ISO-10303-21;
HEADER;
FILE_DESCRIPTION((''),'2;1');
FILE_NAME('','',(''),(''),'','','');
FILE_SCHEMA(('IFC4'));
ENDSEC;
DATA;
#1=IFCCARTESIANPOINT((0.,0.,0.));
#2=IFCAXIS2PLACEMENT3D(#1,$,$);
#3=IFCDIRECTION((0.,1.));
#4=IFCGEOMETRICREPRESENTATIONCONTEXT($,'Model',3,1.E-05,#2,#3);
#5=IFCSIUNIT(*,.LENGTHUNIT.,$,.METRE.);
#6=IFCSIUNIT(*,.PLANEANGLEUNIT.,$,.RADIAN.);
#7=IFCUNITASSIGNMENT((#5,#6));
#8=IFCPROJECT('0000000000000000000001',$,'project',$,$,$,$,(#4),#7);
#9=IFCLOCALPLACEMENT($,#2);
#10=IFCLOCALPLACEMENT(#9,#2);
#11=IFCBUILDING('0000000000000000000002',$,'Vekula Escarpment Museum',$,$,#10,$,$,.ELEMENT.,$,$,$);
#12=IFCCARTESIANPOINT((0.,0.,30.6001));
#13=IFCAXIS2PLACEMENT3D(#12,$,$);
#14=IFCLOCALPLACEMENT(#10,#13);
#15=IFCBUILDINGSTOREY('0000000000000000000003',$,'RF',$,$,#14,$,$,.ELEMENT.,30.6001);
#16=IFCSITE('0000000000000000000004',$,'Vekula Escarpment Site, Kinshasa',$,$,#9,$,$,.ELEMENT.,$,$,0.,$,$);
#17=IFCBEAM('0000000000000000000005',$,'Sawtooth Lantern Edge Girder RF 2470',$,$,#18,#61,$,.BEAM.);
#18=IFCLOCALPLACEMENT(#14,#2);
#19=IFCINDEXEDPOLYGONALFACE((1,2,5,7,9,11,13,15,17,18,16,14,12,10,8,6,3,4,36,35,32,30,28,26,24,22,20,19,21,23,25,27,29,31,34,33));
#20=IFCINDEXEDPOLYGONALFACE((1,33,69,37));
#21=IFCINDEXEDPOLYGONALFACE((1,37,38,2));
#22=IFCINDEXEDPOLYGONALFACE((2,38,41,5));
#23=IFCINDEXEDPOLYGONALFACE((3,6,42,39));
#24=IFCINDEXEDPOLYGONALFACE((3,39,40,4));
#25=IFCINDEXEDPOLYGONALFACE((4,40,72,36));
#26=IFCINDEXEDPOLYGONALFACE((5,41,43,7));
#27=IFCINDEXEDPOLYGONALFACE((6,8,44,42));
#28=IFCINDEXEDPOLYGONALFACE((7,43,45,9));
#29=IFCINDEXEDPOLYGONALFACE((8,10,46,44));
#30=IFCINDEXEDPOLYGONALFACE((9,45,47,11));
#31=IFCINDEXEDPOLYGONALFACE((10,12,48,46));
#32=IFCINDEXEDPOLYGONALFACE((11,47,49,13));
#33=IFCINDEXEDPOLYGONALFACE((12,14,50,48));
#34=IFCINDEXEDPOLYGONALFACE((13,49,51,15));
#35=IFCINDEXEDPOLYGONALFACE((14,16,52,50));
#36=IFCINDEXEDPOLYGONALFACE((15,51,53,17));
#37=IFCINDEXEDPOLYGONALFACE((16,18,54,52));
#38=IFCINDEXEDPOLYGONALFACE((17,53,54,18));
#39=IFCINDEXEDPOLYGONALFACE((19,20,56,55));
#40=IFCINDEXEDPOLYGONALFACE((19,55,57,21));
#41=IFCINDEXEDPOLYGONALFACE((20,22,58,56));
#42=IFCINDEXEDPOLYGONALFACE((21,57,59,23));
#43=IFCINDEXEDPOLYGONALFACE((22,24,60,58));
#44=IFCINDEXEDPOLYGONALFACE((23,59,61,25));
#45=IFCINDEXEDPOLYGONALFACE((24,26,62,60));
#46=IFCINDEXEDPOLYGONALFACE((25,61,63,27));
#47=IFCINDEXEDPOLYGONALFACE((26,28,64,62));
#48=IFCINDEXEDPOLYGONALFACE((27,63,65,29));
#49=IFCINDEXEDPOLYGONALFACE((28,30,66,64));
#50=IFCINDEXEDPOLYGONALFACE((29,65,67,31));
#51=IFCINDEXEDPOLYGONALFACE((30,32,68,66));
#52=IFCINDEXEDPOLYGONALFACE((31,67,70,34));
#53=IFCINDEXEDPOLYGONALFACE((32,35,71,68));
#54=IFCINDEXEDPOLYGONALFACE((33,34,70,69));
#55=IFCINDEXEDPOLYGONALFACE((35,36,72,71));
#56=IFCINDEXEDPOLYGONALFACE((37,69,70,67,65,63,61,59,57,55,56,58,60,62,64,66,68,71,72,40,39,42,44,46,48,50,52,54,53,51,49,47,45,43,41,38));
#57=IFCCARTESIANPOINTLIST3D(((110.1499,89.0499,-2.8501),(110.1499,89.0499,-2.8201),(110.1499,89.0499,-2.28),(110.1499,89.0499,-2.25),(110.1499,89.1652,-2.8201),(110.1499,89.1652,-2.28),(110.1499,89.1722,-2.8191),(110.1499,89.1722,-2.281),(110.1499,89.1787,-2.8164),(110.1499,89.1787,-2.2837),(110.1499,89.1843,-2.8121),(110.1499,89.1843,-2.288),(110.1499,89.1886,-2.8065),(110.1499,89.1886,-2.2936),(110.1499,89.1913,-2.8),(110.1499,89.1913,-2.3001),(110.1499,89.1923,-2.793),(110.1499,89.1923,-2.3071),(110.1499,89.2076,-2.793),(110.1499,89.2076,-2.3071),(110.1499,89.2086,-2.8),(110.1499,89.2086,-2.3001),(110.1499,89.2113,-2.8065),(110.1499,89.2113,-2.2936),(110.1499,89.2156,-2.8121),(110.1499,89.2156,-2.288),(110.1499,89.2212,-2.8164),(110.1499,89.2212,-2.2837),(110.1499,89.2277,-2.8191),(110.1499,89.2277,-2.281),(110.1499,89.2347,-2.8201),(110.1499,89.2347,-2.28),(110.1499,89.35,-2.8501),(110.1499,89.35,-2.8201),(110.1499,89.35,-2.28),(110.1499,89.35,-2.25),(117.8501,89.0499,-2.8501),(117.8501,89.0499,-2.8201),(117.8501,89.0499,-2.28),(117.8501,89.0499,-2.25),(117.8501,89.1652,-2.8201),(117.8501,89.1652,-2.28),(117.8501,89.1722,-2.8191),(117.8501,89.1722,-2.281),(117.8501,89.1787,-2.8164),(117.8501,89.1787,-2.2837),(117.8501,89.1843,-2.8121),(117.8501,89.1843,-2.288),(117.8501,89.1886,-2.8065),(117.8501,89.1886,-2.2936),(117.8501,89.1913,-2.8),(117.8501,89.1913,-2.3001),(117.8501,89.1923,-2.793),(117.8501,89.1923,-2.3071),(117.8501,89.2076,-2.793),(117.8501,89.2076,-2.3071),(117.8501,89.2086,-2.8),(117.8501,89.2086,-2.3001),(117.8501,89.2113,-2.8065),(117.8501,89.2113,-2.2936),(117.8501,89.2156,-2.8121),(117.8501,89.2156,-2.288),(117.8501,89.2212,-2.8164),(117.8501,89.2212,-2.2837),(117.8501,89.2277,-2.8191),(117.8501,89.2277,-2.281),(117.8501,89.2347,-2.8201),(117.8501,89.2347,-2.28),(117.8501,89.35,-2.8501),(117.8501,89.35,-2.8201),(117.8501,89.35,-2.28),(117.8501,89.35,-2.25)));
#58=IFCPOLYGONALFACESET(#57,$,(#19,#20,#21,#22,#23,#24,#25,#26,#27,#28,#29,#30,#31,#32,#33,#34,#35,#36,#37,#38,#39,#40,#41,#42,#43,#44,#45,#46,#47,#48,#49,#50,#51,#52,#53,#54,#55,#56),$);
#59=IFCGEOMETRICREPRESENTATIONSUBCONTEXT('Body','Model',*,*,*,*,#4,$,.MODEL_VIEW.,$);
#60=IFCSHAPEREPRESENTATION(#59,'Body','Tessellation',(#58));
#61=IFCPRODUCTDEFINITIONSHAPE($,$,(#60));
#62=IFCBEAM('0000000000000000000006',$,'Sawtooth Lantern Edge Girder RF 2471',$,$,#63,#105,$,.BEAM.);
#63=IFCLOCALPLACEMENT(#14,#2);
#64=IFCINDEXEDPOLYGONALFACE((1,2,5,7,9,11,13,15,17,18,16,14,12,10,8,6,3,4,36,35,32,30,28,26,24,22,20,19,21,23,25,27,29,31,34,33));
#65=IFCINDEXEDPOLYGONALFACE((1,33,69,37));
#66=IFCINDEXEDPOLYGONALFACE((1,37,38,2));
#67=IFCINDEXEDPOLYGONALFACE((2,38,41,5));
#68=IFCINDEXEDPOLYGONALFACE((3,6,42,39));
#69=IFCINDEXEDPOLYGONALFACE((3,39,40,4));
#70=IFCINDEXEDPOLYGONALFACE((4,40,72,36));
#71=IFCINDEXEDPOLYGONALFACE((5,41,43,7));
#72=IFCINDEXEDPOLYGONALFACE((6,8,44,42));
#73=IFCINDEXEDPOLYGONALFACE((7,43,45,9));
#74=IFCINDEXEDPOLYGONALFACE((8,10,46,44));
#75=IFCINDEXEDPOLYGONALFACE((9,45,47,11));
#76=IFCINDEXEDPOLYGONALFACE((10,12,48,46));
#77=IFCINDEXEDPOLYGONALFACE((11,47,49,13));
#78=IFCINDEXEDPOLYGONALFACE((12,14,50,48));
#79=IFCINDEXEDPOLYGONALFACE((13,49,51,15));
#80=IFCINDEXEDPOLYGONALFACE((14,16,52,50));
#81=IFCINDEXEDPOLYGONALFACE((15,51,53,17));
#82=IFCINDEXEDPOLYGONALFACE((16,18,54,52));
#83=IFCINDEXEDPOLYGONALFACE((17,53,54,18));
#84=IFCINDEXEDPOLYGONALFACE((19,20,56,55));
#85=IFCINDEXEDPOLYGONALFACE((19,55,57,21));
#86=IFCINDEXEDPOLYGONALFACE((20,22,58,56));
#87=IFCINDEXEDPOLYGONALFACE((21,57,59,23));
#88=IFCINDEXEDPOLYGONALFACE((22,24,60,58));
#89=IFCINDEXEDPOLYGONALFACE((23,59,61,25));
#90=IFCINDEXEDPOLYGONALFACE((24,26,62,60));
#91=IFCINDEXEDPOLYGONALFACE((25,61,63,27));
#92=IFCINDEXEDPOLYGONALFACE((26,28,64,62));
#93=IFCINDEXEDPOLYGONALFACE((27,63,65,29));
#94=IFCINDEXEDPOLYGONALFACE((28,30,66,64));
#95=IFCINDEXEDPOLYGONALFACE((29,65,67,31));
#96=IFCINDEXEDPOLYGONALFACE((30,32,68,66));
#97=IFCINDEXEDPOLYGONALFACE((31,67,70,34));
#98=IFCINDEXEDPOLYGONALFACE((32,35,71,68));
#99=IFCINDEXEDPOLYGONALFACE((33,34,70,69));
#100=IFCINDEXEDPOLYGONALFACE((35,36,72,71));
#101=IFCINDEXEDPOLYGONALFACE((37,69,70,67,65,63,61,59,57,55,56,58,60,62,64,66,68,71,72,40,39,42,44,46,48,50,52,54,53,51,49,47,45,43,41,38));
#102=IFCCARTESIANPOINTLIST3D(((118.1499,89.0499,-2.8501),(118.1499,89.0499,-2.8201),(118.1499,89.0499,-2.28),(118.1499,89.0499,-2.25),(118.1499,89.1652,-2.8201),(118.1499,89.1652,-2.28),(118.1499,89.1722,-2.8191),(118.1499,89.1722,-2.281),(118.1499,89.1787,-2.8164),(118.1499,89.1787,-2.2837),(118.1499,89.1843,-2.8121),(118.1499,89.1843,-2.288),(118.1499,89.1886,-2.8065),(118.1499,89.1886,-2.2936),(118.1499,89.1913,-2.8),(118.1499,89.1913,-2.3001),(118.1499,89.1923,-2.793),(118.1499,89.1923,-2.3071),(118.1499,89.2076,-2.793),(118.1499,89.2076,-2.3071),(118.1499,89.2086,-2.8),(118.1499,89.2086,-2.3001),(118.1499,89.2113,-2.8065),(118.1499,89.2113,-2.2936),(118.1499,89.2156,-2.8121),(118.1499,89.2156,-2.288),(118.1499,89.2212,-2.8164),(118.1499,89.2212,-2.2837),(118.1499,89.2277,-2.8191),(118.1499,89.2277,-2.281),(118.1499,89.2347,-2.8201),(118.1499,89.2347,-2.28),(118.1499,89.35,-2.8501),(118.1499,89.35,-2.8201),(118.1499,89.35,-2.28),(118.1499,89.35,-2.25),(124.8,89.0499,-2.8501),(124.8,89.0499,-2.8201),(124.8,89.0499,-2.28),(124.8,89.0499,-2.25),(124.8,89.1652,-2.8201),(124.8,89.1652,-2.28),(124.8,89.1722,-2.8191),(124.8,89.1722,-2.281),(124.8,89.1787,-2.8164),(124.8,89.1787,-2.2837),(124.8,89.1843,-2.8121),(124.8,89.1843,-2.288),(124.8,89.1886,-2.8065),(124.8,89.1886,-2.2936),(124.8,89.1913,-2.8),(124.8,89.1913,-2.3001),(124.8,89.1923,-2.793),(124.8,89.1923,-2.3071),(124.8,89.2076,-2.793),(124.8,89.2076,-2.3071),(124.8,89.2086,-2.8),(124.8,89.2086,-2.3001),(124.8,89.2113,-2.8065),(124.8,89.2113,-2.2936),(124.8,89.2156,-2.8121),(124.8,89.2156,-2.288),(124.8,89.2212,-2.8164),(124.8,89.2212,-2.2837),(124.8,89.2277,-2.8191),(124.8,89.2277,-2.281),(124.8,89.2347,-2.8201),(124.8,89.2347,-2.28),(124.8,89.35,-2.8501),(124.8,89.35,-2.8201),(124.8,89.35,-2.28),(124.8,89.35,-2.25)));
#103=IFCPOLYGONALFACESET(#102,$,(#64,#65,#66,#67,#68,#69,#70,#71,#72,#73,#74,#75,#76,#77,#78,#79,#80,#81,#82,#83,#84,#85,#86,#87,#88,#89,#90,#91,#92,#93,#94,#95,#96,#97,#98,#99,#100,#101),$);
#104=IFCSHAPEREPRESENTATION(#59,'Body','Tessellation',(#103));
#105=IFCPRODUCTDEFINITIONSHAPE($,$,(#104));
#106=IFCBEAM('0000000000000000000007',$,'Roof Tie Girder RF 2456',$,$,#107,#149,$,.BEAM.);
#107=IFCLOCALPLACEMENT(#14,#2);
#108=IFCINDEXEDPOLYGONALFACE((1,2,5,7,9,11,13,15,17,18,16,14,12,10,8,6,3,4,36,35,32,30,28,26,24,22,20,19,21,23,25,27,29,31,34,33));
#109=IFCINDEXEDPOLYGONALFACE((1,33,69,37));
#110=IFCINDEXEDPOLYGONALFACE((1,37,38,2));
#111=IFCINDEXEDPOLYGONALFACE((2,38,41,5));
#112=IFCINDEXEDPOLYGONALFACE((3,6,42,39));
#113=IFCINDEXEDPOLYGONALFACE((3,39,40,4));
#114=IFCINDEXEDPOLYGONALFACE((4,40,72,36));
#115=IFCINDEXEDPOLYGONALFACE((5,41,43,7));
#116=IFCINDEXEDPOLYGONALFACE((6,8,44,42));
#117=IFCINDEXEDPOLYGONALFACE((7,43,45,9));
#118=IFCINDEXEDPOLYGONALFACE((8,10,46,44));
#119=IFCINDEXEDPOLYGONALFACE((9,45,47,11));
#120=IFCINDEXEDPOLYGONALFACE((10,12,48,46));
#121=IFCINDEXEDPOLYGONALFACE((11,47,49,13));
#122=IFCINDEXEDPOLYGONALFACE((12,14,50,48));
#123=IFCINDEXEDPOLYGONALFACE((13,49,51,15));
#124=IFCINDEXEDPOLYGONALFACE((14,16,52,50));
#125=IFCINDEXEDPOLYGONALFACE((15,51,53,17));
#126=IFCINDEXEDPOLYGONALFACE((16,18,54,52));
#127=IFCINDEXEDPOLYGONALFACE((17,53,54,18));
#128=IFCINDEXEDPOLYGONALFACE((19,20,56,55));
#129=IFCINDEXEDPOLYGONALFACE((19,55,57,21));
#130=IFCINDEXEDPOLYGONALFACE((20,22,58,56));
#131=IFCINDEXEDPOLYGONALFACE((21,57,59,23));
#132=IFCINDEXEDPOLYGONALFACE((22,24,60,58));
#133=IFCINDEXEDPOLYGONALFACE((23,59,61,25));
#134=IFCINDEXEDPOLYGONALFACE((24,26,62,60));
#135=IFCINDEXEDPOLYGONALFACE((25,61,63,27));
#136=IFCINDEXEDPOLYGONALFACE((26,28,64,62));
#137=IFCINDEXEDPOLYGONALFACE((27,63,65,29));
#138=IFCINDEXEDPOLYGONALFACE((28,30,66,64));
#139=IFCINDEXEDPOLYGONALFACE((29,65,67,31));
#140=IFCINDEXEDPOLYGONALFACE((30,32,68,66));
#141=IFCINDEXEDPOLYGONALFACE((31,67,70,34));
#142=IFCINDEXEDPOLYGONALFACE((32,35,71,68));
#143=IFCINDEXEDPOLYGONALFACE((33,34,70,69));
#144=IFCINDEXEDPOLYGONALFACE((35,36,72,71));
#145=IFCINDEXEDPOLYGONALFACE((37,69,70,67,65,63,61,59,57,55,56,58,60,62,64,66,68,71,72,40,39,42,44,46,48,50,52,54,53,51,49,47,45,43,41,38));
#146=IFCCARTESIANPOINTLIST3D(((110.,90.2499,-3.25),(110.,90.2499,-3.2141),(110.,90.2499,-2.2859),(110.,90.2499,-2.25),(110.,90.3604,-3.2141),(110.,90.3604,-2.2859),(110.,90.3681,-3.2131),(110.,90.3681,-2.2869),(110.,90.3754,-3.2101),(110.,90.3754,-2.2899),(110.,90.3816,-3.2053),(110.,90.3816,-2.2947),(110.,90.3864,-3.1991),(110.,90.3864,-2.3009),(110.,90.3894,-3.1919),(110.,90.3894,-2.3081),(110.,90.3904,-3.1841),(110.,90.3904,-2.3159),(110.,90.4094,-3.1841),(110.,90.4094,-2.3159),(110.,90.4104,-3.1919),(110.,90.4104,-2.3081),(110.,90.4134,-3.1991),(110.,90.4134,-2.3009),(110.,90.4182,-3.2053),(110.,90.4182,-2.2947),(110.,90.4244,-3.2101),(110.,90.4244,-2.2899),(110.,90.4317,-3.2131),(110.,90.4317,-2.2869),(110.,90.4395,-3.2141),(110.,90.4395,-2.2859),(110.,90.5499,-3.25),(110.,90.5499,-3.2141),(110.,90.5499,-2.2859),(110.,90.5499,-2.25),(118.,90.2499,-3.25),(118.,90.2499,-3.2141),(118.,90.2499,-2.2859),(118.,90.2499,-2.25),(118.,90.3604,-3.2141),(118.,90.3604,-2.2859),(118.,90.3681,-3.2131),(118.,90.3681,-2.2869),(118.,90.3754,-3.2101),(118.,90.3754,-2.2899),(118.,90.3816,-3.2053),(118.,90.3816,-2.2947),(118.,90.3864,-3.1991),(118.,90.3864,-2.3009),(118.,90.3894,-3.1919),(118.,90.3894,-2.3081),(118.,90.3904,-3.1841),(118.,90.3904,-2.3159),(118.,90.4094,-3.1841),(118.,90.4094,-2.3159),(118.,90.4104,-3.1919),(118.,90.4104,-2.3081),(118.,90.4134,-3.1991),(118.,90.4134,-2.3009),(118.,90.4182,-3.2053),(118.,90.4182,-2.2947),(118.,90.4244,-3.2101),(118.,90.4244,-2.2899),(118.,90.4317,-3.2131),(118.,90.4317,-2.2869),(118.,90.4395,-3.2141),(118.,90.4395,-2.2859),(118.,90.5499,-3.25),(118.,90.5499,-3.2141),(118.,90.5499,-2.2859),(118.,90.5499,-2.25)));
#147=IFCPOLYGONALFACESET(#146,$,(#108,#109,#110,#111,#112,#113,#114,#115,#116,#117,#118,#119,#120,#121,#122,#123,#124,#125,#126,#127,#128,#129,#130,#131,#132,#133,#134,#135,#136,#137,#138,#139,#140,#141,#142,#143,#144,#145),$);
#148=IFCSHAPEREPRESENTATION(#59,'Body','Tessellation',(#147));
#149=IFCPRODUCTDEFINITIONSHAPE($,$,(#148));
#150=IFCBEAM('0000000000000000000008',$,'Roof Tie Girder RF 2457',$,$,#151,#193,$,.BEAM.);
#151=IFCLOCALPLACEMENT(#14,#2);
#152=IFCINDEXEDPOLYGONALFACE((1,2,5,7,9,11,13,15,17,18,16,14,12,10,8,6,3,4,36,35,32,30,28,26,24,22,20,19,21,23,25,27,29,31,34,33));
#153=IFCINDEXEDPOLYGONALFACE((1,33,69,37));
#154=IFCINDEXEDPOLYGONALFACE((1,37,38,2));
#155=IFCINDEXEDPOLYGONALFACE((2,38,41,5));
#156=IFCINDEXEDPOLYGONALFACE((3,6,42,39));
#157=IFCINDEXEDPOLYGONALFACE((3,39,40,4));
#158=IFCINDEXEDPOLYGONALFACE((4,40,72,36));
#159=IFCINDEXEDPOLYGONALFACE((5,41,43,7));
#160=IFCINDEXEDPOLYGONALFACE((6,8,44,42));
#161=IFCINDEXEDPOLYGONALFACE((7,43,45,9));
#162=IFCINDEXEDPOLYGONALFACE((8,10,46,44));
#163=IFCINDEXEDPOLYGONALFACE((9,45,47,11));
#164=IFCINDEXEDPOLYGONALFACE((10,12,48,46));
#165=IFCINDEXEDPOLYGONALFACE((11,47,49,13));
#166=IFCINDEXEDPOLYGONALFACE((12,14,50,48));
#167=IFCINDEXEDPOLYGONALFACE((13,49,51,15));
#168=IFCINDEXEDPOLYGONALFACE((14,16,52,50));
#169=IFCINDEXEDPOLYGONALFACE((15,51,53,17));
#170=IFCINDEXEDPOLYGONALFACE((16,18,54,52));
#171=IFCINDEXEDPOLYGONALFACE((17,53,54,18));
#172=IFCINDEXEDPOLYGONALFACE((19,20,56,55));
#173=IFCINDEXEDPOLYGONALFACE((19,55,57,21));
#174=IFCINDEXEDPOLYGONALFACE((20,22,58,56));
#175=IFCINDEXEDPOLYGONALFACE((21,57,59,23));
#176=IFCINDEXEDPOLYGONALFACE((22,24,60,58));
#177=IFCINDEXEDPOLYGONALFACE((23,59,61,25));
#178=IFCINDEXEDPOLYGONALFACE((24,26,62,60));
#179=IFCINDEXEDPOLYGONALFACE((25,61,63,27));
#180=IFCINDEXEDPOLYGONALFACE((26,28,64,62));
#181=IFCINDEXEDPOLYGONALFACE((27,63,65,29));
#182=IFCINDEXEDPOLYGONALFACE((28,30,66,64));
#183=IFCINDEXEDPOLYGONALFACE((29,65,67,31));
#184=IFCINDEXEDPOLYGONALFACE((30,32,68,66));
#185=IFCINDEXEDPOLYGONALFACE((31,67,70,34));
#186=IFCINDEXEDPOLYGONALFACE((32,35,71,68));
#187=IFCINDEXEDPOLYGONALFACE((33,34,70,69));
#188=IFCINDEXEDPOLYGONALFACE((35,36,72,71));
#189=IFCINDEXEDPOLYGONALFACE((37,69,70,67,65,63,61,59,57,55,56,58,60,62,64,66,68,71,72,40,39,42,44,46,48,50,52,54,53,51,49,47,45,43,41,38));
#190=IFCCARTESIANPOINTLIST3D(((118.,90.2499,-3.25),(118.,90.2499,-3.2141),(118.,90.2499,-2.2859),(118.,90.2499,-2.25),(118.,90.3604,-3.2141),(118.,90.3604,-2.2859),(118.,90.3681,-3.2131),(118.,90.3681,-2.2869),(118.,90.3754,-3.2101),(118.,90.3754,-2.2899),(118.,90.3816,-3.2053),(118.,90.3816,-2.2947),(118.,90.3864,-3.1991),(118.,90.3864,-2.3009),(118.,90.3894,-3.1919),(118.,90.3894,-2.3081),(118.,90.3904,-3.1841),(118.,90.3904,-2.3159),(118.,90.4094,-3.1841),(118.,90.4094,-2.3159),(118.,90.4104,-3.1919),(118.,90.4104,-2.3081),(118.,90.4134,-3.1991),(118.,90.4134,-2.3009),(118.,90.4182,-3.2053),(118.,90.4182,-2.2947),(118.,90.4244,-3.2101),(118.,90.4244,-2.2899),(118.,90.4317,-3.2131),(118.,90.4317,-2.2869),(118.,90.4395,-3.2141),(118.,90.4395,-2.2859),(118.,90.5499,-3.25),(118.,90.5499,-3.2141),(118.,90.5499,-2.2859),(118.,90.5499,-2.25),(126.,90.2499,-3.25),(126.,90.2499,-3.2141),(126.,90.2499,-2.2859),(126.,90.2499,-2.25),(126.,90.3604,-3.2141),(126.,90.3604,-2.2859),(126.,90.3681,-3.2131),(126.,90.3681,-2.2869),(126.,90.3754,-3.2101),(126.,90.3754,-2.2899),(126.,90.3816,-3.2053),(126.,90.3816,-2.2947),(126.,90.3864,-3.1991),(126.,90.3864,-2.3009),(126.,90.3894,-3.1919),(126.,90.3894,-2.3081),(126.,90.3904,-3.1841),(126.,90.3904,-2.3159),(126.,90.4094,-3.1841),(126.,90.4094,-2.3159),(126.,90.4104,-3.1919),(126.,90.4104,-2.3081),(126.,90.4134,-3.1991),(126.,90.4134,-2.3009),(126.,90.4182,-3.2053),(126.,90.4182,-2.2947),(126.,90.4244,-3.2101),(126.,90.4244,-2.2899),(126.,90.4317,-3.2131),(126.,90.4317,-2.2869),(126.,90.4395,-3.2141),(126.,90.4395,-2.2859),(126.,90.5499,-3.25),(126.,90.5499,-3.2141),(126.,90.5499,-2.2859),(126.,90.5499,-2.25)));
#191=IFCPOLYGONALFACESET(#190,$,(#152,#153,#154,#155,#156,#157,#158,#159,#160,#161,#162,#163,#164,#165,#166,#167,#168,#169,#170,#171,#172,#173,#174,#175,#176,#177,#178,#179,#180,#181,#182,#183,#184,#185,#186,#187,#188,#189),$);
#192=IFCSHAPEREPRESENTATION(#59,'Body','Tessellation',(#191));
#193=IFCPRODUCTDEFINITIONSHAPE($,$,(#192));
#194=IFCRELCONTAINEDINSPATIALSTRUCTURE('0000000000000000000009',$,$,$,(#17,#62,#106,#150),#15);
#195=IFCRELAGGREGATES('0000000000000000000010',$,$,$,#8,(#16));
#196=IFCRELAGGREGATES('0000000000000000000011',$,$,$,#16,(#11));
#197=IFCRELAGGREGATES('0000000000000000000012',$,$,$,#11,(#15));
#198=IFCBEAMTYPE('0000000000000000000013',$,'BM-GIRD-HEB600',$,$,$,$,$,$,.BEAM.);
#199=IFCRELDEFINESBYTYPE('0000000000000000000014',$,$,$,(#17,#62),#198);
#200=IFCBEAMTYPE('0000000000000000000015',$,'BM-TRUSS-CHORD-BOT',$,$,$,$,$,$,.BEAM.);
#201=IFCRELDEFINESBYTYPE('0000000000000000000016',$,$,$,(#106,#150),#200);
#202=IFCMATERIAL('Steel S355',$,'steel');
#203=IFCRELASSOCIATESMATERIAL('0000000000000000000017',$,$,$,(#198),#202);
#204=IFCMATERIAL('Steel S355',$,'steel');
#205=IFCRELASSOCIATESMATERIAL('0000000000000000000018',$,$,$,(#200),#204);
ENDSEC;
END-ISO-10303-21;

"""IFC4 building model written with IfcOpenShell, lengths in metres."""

from ifc_helpers import new_model, si_unit, direction, frame, origin, origin_2d, place, context, subcontext, project, spatial, i_section, extrude, material, material_profile, profile_set, type_object, element, save


model = new_model("IFC4")

# Units and contexts
model_context = context("Model", 3, precision=1e-05, world=origin(), true_north=direction((0.0, 1.0)))
body_context = subcontext(model_context, "Body", "Model", "MODEL_VIEW")
ifc_project = project(units=[si_unit("LENGTHUNIT", "METRE"), si_unit("PLANEANGLEUNIT", "RADIAN")], contexts=[model_context])

# Site, building, storey
site_placement = place(None, origin())
site = spatial("IfcSite", under=ifc_project, at=site_placement, Name="Vekula Escarpment Site, Kinshasa", CompositionType="ELEMENT", RefElevation=0.0)
building_placement = place(site_placement, origin())
building = spatial("IfcBuilding", under=site, at=building_placement, Name="Vekula Escarpment Museum", CompositionType="ELEMENT")
storey_placement = place(building_placement, frame((0.0, 0.0, 30.6001)))
storey = spatial("IfcBuildingStorey", under=building, at=storey_placement, Name="RF", CompositionType="ELEMENT", Elevation=30.6001)

# Beams
ifc_material_1 = material(Name="Steel S355", Category="steel")
ifc_material_profile_1 = material_profile(ifc_material_1, i_section(OverallWidth=0.3, OverallDepth=0.6001, WebThickness=0.0154, FlangeThickness=0.03, FilletRadius=0.0271, at=origin_2d()), Name="HEB 600")
ifc_profile_set_1 = profile_set([ifc_material_profile_1], Name="Steel S355")
beam_type_1 = type_object("IfcBeamType", Name="BM-GIRD-HEB600", PredefinedType="BEAM", material=ifc_profile_set_1)
beam_1_placement = place(storey_placement, frame((110.1499, 89.2, -2.55), z_axis=(1.0, 0.0, 0.0), x_axis=(0.0, 1.0, 0.0)))
element("IfcBeam", 1, at=beam_1_placement, inside=storey, type_object=beam_type_1, Name="Sawtooth Lantern Edge Girder RF 2470", PredefinedType="BEAM", context=body_context, shape_type="SweptSolid", body=[
    extrude(i_section(OverallWidth=0.3, OverallDepth=0.6001, WebThickness=0.0154, FlangeThickness=0.03, FilletRadius=0.0271, at=origin_2d()), origin(), (0.0, 0.0, 1.0), 7.7002),
])
beam_2_placement = place(storey_placement, frame((118.1499, 89.2, -2.55), z_axis=(1.0, 0.0, 0.0), x_axis=(0.0, 1.0, 0.0)))
element("IfcBeam", 2, at=beam_2_placement, inside=storey, type_object=beam_type_1, Name="Sawtooth Lantern Edge Girder RF 2471", PredefinedType="BEAM", context=body_context, shape_type="SweptSolid", body=[
    extrude(i_section(OverallWidth=0.3, OverallDepth=0.6001, WebThickness=0.0154, FlangeThickness=0.03, FilletRadius=0.0271, at=origin_2d()), origin(), (0.0, 0.0, 1.0), 6.6501),
])
ifc_material_2 = material(Name="Steel S355", Category="steel")
ifc_material_profile_2 = material_profile(ifc_material_2, i_section(OverallWidth=0.3, OverallDepth=1.0, WebThickness=0.019, FlangeThickness=0.0359, FilletRadius=0.03, at=origin_2d()), Name="HEB 1000")
ifc_profile_set_2 = profile_set([ifc_material_profile_2], Name="Steel S355")
beam_type_2 = type_object("IfcBeamType", Name="BM-TRUSS-CHORD-BOT", PredefinedType="BEAM", material=ifc_profile_set_2)
for number, where, z_axis, x_axis, name in (
    (3, (110.0, 90.3999, -2.75), (1.0, 0.0, 0.0), (0.0, 1.0, 0.0), "Roof Tie Girder RF 2456"),
    (4, (118.0, 90.3999, -2.75), (1.0, 0.0, 0.0), (0.0, 1.0, 0.0), "Roof Tie Girder RF 2457"),
):
    element("IfcBeam", number, at=place(storey_placement, frame(where, z_axis=z_axis, x_axis=x_axis)), inside=storey, type_object=beam_type_2, Name=name, PredefinedType="BEAM", context=body_context, shape_type="SweptSolid", body=[
        extrude(i_section(OverallWidth=0.3, OverallDepth=1.0, WebThickness=0.019, FlangeThickness=0.0359, FilletRadius=0.03, at=origin_2d()), origin(), (0.0, 0.0, 1.0), 8.0),
    ])

save(model, "model.ifc")
